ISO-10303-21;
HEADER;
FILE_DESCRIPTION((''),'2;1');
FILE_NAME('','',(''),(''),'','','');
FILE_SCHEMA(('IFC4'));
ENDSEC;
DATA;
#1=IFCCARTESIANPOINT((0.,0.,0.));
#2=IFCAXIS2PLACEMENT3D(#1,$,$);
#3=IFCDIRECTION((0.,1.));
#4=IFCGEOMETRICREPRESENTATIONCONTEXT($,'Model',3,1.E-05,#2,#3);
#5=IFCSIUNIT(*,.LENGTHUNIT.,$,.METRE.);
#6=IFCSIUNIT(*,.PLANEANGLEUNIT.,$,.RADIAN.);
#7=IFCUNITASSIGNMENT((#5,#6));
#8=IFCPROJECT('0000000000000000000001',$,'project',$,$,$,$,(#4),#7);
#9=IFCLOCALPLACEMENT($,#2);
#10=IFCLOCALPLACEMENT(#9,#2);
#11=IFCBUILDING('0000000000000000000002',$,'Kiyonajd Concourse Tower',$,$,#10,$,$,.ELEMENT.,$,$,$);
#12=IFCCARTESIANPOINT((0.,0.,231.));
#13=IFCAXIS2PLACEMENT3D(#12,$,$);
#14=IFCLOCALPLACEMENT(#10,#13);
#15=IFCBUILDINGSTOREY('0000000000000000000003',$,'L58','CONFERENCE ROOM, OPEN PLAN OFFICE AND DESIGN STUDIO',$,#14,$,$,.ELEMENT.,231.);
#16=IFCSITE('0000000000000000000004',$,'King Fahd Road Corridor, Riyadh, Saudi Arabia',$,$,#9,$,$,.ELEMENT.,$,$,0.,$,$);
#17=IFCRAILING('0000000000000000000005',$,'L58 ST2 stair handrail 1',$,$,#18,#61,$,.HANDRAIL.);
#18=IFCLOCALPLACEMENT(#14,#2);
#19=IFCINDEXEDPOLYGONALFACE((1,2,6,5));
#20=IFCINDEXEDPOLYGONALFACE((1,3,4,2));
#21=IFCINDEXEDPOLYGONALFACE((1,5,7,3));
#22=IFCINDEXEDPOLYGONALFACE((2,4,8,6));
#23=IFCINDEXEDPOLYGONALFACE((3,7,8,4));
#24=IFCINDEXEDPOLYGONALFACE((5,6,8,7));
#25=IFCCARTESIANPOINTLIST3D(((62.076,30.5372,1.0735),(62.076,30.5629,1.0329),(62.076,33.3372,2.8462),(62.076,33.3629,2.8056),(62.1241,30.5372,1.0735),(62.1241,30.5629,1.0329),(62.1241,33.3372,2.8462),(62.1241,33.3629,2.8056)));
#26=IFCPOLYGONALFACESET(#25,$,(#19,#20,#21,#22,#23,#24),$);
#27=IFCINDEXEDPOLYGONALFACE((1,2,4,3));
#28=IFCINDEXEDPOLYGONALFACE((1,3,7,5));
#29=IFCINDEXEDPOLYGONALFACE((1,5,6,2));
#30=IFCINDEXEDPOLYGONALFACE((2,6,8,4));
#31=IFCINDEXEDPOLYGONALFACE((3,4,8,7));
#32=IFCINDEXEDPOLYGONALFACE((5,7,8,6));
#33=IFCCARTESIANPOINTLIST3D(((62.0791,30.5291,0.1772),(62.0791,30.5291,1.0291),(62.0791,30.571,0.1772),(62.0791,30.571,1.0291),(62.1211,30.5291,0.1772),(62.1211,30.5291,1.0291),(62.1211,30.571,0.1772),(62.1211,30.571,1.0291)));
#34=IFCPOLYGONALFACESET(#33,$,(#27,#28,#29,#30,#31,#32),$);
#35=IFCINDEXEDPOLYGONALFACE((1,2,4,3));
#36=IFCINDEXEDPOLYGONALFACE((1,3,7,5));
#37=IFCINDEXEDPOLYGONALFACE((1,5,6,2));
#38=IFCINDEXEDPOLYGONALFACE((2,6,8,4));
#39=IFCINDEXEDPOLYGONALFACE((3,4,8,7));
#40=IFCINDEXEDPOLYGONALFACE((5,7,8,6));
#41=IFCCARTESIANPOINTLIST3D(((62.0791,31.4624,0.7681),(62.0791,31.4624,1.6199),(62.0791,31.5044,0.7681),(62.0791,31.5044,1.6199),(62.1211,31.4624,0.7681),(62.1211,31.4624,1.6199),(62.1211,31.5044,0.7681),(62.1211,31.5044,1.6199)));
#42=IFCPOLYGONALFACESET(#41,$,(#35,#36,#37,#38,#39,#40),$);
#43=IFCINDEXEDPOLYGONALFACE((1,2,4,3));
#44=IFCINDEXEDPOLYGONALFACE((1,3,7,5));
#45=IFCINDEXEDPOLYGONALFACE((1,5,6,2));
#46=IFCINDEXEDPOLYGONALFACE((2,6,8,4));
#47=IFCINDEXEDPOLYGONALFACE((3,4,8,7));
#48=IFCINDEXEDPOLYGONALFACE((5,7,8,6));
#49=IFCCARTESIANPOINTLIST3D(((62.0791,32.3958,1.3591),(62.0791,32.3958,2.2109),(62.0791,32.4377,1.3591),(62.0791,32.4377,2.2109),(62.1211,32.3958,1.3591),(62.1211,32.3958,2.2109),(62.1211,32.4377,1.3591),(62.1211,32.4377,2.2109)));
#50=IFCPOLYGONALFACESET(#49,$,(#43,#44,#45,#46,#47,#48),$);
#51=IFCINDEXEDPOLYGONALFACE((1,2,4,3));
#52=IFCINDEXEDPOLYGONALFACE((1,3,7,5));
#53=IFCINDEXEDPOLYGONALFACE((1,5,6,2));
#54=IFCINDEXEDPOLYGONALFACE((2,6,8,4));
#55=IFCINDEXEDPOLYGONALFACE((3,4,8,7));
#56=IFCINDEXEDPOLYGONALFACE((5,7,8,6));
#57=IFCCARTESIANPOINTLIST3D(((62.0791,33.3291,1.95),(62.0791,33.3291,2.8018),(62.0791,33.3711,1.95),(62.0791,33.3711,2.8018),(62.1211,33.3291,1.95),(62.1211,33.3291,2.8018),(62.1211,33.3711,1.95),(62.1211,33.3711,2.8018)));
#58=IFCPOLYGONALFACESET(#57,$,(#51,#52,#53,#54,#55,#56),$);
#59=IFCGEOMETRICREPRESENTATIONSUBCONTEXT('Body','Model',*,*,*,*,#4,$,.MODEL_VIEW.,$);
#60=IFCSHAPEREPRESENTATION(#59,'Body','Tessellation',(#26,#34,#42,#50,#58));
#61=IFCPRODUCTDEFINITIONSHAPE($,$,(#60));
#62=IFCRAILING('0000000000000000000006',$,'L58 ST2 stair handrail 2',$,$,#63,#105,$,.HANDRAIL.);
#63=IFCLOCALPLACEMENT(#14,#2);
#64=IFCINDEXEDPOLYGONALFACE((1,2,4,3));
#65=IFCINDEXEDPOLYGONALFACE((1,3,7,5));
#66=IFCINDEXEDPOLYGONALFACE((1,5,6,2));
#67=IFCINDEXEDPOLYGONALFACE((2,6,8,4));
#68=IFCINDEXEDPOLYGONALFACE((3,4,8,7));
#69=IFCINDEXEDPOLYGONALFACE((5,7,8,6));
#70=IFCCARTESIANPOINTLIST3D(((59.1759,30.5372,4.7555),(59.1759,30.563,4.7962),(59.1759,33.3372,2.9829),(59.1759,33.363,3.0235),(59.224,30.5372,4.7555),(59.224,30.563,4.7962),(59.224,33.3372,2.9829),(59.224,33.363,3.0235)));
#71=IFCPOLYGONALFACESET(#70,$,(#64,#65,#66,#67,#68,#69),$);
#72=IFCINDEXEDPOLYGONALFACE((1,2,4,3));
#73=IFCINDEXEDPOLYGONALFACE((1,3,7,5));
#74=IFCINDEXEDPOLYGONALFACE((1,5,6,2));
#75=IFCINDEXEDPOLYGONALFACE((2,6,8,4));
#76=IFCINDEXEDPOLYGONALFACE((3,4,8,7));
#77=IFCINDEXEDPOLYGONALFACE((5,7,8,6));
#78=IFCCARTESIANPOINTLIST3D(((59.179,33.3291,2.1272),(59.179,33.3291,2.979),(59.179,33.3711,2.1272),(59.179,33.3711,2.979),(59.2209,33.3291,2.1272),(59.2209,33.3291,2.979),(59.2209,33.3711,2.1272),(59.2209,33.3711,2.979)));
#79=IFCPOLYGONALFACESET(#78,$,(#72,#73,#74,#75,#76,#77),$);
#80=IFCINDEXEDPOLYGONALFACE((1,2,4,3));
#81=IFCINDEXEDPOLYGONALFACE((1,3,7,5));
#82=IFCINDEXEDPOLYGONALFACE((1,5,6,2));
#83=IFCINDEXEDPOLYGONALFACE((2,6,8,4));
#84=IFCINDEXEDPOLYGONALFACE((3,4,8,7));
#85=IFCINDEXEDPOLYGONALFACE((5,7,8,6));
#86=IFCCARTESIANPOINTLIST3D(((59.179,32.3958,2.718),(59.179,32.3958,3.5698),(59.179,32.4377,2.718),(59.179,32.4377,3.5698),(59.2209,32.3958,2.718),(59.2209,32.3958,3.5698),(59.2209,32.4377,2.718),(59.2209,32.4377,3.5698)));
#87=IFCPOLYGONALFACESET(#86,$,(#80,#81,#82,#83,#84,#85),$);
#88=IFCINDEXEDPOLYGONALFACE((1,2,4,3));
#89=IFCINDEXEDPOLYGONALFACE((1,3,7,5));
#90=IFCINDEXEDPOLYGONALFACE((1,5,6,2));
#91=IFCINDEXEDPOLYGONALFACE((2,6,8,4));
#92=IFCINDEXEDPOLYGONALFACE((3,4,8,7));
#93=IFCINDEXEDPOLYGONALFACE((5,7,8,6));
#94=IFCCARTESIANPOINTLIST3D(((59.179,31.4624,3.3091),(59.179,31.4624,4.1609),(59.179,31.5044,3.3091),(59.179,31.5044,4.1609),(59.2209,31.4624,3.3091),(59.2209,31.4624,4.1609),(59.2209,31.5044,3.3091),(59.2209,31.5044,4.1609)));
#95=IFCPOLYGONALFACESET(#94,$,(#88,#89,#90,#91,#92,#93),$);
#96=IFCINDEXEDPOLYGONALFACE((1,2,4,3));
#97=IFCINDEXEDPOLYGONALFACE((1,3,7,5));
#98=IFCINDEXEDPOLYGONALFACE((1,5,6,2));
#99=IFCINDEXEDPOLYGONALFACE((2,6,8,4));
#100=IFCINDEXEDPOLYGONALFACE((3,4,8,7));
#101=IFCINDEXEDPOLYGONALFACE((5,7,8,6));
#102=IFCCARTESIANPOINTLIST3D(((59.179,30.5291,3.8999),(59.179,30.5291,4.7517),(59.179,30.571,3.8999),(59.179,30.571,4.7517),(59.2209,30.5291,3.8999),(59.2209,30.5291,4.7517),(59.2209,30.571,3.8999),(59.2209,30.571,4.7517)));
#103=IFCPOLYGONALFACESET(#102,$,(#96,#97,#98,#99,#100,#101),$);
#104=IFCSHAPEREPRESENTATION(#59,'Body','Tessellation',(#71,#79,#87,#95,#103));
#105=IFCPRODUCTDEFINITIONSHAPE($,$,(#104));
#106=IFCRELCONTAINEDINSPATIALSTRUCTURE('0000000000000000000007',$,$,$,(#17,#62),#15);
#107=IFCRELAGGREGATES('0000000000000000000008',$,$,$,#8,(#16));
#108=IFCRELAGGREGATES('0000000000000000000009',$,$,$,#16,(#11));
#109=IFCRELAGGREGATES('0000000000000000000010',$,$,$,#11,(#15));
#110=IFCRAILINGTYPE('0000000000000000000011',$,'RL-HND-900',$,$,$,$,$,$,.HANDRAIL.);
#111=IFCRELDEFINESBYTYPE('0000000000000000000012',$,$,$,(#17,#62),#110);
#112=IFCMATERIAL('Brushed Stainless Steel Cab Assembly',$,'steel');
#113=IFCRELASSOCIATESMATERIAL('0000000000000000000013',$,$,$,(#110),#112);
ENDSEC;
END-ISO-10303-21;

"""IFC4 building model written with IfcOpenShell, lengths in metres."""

from ifc_helpers import new_model, si_unit, direction, frame, origin, origin_2d, place, context, subcontext, project, spatial, rectangle, extrude, material, type_object, element, save


model = new_model("IFC4")

# Units and contexts
model_context = context("Model", 3, precision=1e-05, world=origin(), true_north=direction((0.0, 1.0)))
body_context = subcontext(model_context, "Body", "Model", "MODEL_VIEW")
ifc_project = project(units=[si_unit("LENGTHUNIT", "METRE"), si_unit("PLANEANGLEUNIT", "RADIAN")], contexts=[model_context])

# Site, building, storey
site_placement = place(None, origin())
site = spatial("IfcSite", under=ifc_project, at=site_placement, Name="King Fahd Road Corridor, Riyadh, Saudi Arabia", CompositionType="ELEMENT", RefElevation=0.0)
building_placement = place(site_placement, origin())
building = spatial("IfcBuilding", under=site, at=building_placement, Name="Kiyonajd Concourse Tower", CompositionType="ELEMENT")
storey_placement = place(building_placement, frame((0.0, 0.0, 231.0)))
storey = spatial("IfcBuildingStorey", under=building, at=storey_placement, Name="L58", Description="CONFERENCE ROOM, OPEN PLAN OFFICE AND DESIGN STUDIO", CompositionType="ELEMENT", Elevation=231.0)

# Shared definitions
ifc_material_1 = material(Name="Brushed Stainless Steel Cab Assembly", Category="steel")

# Railings
railing_type_1 = type_object("IfcRailingType", Name="RL-HND-900", PredefinedType="HANDRAIL", material=ifc_material_1)
railing_1_placement = place(storey_placement, frame((62.1001, 30.55, 0.1772)))
element("IfcRailing", 1, at=railing_1_placement, inside=storey, type_object=railing_type_1, Name="L58 ST2 stair handrail 1", PredefinedType="HANDRAIL", context=body_context, shape_type="SweptSolid", body=[
    extrude(rectangle(XDim=0.0481, YDim=0.0481, at=origin_2d()), frame((0.0, 0.0, 0.876), z_axis=(0.0, 0.844909, 0.53491), x_axis=(-1.0, 0.0, 0.0)), (0.0, 0.0, 1.0), 3.314),
    extrude(rectangle(XDim=0.042, YDim=0.042, at=origin_2d()), origin(), (0.0, 0.0, 1.0), 0.8518),
    extrude(rectangle(XDim=0.042, YDim=0.042, at=origin_2d()), frame((0.0, 0.9333, 0.5908)), (0.0, 0.0, 1.0), 0.8518),
    extrude(rectangle(XDim=0.042, YDim=0.042, at=origin_2d()), frame((0.0, 1.8667, 1.1819)), (0.0, 0.0, 1.0), 0.8518),
    extrude(rectangle(XDim=0.042, YDim=0.042, at=origin_2d()), frame((0.0, 2.8, 1.7727)), (0.0, 0.0, 1.0), 0.8518),
])
railing_2_placement = place(storey_placement, frame((59.2, 33.3501, 2.1272)))
element("IfcRailing", 2, at=railing_2_placement, inside=storey, type_object=railing_type_1, Name="L58 ST2 stair handrail 2", PredefinedType="HANDRAIL", context=body_context, shape_type="SweptSolid", body=[
    extrude(rectangle(XDim=0.0481, YDim=0.0481, at=origin_2d()), frame((0.0, 0.0, 0.876), z_axis=(0.0, -0.844909, 0.53491), x_axis=(1.0, 0.0, 0.0)), (0.0, 0.0, 1.0), 3.314),
    extrude(rectangle(XDim=0.042, YDim=0.042, at=origin_2d()), origin(), (0.0, 0.0, 1.0), 0.8518),
    extrude(rectangle(XDim=0.042, YDim=0.042, at=origin_2d()), frame((0.0, -0.9333, 0.5908)), (0.0, 0.0, 1.0), 0.8518),
    extrude(rectangle(XDim=0.042, YDim=0.042, at=origin_2d()), frame((0.0, -1.8667, 1.1819)), (0.0, 0.0, 1.0), 0.8518),
    extrude(rectangle(XDim=0.042, YDim=0.042, at=origin_2d()), frame((0.0, -2.8, 1.7727)), (0.0, 0.0, 1.0), 0.8518),
])

save(model, "model.ifc")
